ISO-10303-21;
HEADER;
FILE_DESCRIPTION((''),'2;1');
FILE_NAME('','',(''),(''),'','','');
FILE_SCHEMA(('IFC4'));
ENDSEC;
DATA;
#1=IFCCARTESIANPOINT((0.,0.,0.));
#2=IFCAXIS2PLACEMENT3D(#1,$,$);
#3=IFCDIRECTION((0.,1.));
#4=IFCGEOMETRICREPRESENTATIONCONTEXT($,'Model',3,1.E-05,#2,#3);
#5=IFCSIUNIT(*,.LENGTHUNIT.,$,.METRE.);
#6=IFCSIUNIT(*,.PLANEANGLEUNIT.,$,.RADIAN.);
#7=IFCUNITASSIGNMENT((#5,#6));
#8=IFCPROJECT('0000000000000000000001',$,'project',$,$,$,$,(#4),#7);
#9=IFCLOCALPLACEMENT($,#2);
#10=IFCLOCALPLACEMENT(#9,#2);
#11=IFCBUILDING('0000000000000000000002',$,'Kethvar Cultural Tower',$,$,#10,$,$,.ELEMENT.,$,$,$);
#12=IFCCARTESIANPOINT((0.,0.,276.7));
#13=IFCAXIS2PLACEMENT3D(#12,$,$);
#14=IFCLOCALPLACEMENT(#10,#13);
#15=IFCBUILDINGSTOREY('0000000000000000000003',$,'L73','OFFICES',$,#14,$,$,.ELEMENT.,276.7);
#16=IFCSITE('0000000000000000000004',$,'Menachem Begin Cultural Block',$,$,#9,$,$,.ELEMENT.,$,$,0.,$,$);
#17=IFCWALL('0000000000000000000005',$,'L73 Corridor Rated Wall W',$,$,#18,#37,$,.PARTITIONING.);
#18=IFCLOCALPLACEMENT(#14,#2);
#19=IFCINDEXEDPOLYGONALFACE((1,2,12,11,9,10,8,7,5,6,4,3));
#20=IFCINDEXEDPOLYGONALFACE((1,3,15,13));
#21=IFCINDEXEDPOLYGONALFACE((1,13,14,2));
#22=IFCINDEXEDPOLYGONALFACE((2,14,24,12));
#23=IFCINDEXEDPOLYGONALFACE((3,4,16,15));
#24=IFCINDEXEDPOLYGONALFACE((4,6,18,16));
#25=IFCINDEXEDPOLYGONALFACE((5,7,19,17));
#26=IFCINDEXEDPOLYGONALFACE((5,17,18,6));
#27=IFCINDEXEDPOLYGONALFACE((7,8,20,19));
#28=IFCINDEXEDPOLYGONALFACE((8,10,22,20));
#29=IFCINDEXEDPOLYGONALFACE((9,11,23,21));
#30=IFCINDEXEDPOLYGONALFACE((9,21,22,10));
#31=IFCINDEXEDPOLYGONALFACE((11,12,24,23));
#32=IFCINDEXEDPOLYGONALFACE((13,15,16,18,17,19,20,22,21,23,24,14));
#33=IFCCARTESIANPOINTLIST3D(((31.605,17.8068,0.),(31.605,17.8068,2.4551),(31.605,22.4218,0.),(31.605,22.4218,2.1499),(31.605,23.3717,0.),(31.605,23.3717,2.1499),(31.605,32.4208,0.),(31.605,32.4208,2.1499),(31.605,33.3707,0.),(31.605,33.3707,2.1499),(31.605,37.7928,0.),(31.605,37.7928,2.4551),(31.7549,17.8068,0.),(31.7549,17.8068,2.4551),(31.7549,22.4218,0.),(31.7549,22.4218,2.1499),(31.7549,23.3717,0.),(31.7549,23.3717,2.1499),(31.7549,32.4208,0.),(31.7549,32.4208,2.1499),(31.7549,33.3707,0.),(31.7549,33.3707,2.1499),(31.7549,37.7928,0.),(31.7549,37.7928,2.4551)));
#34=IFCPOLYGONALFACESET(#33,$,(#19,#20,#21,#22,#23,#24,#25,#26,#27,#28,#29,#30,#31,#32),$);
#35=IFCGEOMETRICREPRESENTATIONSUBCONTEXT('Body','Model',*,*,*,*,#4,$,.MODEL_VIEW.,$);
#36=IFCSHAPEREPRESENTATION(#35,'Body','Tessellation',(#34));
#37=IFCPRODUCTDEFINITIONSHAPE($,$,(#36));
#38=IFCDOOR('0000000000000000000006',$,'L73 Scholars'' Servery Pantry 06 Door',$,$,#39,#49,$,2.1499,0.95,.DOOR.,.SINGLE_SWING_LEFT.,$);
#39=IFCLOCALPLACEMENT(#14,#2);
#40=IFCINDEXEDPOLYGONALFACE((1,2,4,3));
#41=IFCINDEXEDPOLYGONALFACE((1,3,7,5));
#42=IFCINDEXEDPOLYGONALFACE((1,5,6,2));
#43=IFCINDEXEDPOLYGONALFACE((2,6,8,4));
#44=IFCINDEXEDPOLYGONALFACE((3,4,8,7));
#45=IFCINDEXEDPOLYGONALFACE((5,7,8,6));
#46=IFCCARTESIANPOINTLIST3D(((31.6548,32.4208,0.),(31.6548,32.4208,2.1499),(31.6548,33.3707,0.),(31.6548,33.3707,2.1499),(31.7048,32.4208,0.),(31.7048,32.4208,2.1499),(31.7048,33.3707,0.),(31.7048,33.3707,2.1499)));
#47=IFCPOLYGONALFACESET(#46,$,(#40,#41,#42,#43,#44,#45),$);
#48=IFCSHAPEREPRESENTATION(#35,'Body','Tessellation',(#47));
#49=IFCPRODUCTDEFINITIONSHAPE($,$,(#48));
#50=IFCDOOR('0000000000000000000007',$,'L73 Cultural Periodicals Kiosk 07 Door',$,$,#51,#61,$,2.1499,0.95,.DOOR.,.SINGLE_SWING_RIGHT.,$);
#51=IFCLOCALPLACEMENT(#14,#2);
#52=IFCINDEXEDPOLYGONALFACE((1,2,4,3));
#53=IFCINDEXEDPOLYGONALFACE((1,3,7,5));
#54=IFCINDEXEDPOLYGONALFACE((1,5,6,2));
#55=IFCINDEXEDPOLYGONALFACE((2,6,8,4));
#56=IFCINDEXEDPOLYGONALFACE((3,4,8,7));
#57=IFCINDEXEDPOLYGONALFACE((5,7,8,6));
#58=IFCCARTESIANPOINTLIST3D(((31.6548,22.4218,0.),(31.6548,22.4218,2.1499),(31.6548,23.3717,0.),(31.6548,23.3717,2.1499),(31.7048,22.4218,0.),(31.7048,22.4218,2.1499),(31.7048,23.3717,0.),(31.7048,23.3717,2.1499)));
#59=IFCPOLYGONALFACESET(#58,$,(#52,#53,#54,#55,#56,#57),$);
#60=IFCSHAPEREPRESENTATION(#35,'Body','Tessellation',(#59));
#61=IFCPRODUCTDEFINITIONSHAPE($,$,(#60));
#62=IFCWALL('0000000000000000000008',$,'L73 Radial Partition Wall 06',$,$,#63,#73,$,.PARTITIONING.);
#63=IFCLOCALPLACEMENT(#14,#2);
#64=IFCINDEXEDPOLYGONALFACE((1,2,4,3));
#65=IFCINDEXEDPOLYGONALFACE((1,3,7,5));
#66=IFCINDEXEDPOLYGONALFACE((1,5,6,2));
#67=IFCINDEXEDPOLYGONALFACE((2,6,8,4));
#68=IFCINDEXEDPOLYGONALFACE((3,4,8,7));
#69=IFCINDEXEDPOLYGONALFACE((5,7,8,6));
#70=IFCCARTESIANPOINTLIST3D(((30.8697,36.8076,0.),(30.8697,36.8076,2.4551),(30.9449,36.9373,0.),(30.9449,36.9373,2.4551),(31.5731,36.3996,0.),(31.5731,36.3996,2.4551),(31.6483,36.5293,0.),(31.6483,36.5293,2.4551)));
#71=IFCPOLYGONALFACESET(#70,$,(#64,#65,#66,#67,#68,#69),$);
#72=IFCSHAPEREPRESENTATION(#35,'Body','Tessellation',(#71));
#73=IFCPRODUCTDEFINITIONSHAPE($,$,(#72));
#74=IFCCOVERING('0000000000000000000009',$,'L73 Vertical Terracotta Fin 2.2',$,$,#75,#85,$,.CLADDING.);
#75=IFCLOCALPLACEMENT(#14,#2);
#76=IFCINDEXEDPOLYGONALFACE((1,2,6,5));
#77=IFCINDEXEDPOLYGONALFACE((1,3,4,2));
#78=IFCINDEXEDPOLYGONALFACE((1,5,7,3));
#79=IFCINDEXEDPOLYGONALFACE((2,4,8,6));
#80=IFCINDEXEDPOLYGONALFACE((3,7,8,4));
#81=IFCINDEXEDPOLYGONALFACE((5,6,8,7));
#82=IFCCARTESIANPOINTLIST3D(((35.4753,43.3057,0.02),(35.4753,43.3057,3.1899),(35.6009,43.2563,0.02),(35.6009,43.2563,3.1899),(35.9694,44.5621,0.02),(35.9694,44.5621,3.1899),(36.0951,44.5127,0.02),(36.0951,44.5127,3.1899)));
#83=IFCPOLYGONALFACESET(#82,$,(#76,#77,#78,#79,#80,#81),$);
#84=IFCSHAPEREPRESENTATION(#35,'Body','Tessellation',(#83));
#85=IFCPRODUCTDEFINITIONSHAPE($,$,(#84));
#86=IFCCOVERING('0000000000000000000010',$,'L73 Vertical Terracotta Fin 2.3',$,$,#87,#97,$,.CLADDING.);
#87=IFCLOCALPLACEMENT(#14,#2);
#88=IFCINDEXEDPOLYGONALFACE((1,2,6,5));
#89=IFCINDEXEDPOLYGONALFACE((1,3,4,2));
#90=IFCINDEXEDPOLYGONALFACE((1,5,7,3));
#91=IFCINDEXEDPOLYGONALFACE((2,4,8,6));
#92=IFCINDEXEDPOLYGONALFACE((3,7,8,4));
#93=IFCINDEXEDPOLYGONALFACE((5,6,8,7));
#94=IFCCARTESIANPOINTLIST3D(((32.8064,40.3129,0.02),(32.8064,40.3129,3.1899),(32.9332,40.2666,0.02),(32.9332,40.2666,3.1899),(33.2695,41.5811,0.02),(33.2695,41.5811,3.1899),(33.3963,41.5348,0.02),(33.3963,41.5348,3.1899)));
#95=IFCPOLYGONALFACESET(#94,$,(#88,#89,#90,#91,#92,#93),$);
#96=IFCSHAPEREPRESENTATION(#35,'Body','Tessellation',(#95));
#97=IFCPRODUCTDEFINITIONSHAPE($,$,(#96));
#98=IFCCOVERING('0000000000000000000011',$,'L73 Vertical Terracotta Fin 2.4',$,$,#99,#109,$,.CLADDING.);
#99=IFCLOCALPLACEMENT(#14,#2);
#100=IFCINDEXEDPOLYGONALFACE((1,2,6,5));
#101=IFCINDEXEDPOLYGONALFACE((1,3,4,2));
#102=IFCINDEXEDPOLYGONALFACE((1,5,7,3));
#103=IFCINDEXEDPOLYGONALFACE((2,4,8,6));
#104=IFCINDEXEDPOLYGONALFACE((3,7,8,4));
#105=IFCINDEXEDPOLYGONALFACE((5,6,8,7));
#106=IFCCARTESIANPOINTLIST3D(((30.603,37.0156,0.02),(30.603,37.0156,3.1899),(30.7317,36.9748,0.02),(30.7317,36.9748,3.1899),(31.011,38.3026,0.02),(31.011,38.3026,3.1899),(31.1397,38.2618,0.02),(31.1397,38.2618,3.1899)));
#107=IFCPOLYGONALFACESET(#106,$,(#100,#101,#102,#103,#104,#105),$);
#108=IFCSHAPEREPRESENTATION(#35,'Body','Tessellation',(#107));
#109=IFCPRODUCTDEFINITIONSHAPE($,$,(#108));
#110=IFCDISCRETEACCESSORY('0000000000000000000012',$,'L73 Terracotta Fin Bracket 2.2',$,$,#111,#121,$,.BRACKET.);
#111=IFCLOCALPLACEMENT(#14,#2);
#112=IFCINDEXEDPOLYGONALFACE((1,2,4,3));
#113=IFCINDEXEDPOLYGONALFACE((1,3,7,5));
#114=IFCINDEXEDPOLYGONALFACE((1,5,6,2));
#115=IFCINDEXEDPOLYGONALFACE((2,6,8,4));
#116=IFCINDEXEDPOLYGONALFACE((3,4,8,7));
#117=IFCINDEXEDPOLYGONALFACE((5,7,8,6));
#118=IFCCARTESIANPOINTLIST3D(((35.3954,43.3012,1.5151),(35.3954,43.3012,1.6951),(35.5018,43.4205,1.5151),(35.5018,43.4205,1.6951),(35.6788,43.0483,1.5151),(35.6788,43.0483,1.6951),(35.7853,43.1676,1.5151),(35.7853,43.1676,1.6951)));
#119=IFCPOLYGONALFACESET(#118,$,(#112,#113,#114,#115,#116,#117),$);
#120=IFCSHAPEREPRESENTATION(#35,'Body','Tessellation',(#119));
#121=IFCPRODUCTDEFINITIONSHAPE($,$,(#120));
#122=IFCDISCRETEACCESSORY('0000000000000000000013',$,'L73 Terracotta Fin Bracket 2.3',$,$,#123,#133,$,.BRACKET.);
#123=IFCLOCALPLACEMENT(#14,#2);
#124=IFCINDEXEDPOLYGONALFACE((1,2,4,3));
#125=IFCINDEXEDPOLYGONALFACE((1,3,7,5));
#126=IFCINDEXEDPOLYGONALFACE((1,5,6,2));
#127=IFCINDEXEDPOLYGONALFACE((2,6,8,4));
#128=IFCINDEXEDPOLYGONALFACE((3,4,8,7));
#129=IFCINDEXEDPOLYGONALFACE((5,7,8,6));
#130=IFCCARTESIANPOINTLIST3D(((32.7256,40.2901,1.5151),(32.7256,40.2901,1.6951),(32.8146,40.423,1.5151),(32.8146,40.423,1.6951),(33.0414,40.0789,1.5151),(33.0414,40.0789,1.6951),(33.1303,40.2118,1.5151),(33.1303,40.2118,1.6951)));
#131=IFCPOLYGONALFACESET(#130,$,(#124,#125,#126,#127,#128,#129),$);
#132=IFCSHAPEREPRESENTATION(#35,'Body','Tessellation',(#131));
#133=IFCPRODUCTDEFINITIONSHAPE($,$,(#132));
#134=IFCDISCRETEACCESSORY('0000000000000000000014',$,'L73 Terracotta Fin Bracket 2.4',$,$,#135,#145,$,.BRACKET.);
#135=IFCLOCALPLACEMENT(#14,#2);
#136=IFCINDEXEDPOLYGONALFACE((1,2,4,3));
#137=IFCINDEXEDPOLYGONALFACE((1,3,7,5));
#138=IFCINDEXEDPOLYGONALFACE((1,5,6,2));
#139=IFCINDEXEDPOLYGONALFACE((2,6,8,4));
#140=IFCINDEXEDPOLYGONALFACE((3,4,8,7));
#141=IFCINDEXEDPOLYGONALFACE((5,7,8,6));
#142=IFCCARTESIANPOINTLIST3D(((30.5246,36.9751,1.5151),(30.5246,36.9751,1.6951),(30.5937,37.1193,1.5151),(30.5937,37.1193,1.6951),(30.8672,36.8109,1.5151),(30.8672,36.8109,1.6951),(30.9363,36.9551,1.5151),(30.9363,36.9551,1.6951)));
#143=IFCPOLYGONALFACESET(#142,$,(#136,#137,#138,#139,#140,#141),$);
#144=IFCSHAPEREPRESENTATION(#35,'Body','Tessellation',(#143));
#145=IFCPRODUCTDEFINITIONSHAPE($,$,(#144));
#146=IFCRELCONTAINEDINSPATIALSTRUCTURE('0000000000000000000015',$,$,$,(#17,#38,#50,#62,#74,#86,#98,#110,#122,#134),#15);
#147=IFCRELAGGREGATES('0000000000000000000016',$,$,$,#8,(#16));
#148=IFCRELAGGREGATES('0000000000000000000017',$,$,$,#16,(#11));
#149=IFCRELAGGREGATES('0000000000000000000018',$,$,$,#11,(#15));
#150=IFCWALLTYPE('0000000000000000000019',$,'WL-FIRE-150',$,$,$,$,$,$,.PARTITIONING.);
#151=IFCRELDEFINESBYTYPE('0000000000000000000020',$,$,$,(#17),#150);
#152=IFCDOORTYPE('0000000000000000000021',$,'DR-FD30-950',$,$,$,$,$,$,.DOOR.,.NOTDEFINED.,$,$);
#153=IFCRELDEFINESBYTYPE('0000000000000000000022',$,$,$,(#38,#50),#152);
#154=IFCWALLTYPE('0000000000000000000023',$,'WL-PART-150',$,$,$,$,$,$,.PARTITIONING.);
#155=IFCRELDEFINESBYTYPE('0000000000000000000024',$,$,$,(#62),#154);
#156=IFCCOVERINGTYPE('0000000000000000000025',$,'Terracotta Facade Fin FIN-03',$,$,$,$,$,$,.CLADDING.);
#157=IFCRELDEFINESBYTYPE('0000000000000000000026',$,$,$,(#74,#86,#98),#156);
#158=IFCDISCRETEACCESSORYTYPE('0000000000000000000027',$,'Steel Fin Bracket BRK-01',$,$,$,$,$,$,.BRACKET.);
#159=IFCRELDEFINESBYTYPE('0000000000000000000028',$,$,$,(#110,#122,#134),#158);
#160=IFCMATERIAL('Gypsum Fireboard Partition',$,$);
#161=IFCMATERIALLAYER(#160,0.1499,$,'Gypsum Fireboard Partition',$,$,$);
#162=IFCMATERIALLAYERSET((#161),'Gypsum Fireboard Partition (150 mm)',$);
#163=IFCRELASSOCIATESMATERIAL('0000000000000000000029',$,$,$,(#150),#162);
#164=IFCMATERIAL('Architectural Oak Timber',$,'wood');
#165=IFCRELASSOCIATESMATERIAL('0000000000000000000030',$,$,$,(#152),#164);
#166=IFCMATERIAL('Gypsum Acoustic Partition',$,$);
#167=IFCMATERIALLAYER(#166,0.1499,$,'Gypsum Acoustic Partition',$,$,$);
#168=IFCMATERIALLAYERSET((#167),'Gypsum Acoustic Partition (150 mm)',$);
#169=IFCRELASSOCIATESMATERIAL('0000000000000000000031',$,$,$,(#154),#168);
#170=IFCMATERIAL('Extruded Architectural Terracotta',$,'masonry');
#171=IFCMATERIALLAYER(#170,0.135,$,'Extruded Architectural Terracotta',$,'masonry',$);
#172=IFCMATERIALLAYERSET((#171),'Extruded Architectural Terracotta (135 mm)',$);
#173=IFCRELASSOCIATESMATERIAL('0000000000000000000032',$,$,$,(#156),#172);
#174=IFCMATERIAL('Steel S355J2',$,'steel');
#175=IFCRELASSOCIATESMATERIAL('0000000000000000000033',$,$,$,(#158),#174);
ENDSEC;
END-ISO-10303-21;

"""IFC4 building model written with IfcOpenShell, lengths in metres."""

from ifc_helpers import new_model, si_unit, direction, frame, frame_2d, origin, origin_2d, place, context, subcontext, project, spatial, rectangle, extrude, source, transform, mapped, material, layer, layer_set, type_object, element, fill, save


model = new_model("IFC4")

# Units and contexts
model_context = context("Model", 3, precision=1e-05, world=origin(), true_north=direction((0.0, 1.0)))
body_context = subcontext(model_context, "Body", "Model", "MODEL_VIEW")
ifc_project = project(units=[si_unit("LENGTHUNIT", "METRE"), si_unit("PLANEANGLEUNIT", "RADIAN")], contexts=[model_context])

# Site, building, storey
site_placement = place(None, origin())
site = spatial("IfcSite", under=ifc_project, at=site_placement, Name="Menachem Begin Cultural Block", CompositionType="ELEMENT", RefElevation=0.0)
building_placement = place(site_placement, origin())
building = spatial("IfcBuilding", under=site, at=building_placement, Name="Kethvar Cultural Tower", CompositionType="ELEMENT")
storey_placement = place(building_placement, frame((0.0, 0.0, 276.7)))
storey = spatial("IfcBuildingStorey", under=building, at=storey_placement, Name="L73", Description="OFFICES", CompositionType="ELEMENT", Elevation=276.7)

# Shared definitions
ifc_material_1 = material(Name="Steel S355J2", Category="steel")

# Wall, openings, doors
ifc_material_2 = material(Name="Gypsum Fireboard Partition")
ifc_layer_1 = layer(ifc_material_2, 0.1499, Name="Gypsum Fireboard Partition")
ifc_layer_set_1 = layer_set([ifc_layer_1], Name="Gypsum Fireboard Partition (150 mm)")
wall_type_1 = type_object("IfcWallType", Name="WL-FIRE-150", PredefinedType="PARTITIONING", material=ifc_layer_set_1)
wall_1_placement = place(storey_placement, frame((31.6799, 37.793, 0.0), z_axis=(0.0, 0.0, 1.0), x_axis=(0.0, -1.0, 0.0)))
wall_1 = element("IfcWall", 1, at=wall_1_placement, inside=storey, type_object=wall_type_1, Name="L73 Corridor Rated Wall W", PredefinedType="PARTITIONING", context=body_context, shape_type="SweptSolid", body=[
    extrude(rectangle(XDim=19.9861, YDim=0.1499, at=frame_2d((9.9932, 0.0))), origin(), (0.0, 0.0, 1.0), 2.4551),
])
opening_1_placement = place(wall_1_placement, frame((4.4221, 0.0, 0.0)))
opening_1 = element("IfcOpeningElement", 2, at=opening_1_placement, cuts=wall_1, PredefinedType="OPENING", context=body_context, shape_type="SweptSolid", body=[
    extrude(rectangle(XDim=0.95, YDim=2.1499, at=frame_2d((0.4751, 1.075))), frame((0.0, 0.085, 0.0), z_axis=(0.0, -1.0, 0.0), x_axis=(1.0, 0.0, 0.0)), (0.0, 0.0, 1.0), 0.1699),
])
opening_2_placement = place(wall_1_placement, frame((14.4211, 0.0, 0.0)))
opening_2 = element("IfcOpeningElement", 3, at=opening_2_placement, cuts=wall_1, PredefinedType="OPENING", context=body_context, shape_type="SweptSolid", body=[
    extrude(rectangle(XDim=0.95, YDim=2.1499, at=frame_2d((0.4751, 1.075))), frame((0.0, 0.085, 0.0), z_axis=(0.0, -1.0, 0.0), x_axis=(1.0, 0.0, 0.0)), (0.0, 0.0, 1.0), 0.1699),
])
ifc_material_3 = material(Name="Architectural Oak Timber", Category="wood")
door_type = type_object("IfcDoorType", Name="DR-FD30-950", OperationType="NOTDEFINED", PredefinedType="DOOR", material=ifc_material_3)
shared_shape_1 = source(origin(), body_context, "Body", "SweptSolid", [
    extrude(rectangle(XDim=0.95, YDim=2.1499, at=frame_2d((0.4751, 1.075))), frame((0.0, 0.0249, 0.0), z_axis=(0.0, -1.0, 0.0), x_axis=(1.0, 0.0, 0.0)), (0.0, 0.0, 1.0), 0.05),
])
door_1_placement = place(opening_1_placement, origin())
door_1 = element("IfcDoor", 4, at=door_1_placement, inside=storey, type_object=door_type, Name="L73 Scholars' Servery Pantry 06 Door", OperationType="SINGLE_SWING_LEFT", OverallHeight=2.1499, OverallWidth=0.95, PredefinedType="DOOR", context=body_context, shape_type="MappedRepresentation", body=[
    mapped(shared_shape_1, transform((0.0, 0.0, 0.0), scale=1.0)),
])
fill(opening_1, door_1)
door_2_placement = place(opening_2_placement, origin())
door_2 = element("IfcDoor", 5, at=door_2_placement, inside=storey, type_object=door_type, Name="L73 Cultural Periodicals Kiosk 07 Door", OperationType="SINGLE_SWING_RIGHT", OverallHeight=2.1499, OverallWidth=0.95, PredefinedType="DOOR", context=body_context, shape_type="MappedRepresentation", body=[
    mapped(shared_shape_1, transform((0.0, 0.0, 0.0), scale=1.0)),
])
fill(opening_2, door_2)

# Wall
ifc_material_4 = material(Name="Gypsum Acoustic Partition")
ifc_layer_2 = layer(ifc_material_4, 0.1499, Name="Gypsum Acoustic Partition")
ifc_layer_set_2 = layer_set([ifc_layer_2], Name="Gypsum Acoustic Partition (150 mm)")
wall_type_2 = type_object("IfcWallType", Name="WL-PART-150", PredefinedType="PARTITIONING", material=ifc_layer_set_2)
wall_2_placement = place(storey_placement, frame((31.6108, 36.4644, 0.0), z_axis=(0.0, 0.0, 1.0), x_axis=(-0.865029, 0.501723, 0.0)))
element("IfcWall", 6, at=wall_2_placement, inside=storey, type_object=wall_type_2, Name="L73 Radial Partition Wall 06", PredefinedType="PARTITIONING", context=body_context, shape_type="SweptSolid", body=[
    extrude(rectangle(XDim=0.8132, YDim=0.1499, at=frame_2d((0.4067, 0.0))), origin(), (0.0, 0.0, 1.0), 2.4551),
])

# Coverings
ifc_material_5 = material(Name="Extruded Architectural Terracotta", Category="masonry")
ifc_layer_3 = layer(ifc_material_5, 0.135, Name="Extruded Architectural Terracotta", Category="masonry")
ifc_layer_set_3 = layer_set([ifc_layer_3], Name="Extruded Architectural Terracotta (135 mm)")
covering_type = type_object("IfcCoveringType", Name="Terracotta Facade Fin FIN-03", PredefinedType="CLADDING", material=ifc_layer_set_3)
shared_shape_2 = source(origin(), body_context, "Body", "SweptSolid", [
    extrude(rectangle(XDim=1.3501, YDim=0.135, at=origin_2d()), origin(), (0.0, 0.0, 1.0), 3.1699),
])
for number, where, z_axis, x_axis, name in (
    (7, (35.7852, 43.9092, 0.02), (0.0, 0.0, 1.0), (0.366014, 0.930609, 0.0), "L73 Vertical Terracotta Fin 2.2"),
    (8, (33.1013, 40.9238, 0.02), (0.0, 0.0, 1.0), (0.343004, 0.939334, 0.0), "L73 Vertical Terracotta Fin 2.3"),
    (9, (30.8713, 37.6387, 0.02), (0.0, 0.0, 1.0), (0.302204, 0.953243, 0.0), "L73 Vertical Terracotta Fin 2.4"),
):
    element("IfcCovering", number, at=place(storey_placement, frame(where, z_axis=z_axis, x_axis=x_axis)), inside=storey, type_object=covering_type, Name=name, PredefinedType="CLADDING", context=body_context, shape_type="MappedRepresentation", body=[
        mapped(shared_shape_2, transform((0.0, 0.0, 0.0), scale=1.0)),
    ])

# Discrete accessories
discrete_accessory_type = type_object("IfcDiscreteAccessoryType", Name="Steel Fin Bracket BRK-01", PredefinedType="BRACKET", material=ifc_material_1)
shared_shape_3 = source(origin(), body_context, "Body", "SweptSolid", [
    extrude(rectangle(XDim=0.3799, YDim=0.1599, at=origin_2d()), origin(), (0.0, 0.0, 1.0), 0.1799),
])
for number, where, z_axis, x_axis, name in (
    (10, (35.5903, 43.2344, 1.5151), (0.0, 0.0, 1.0), (-0.746174, 0.665751, 0.0), "L73 Terracotta Fin Bracket 2.2"),
    (11, (32.928, 40.251, 1.5151), (0.0, 0.0, 1.0), (-0.831179, 0.556006, 0.0), "L73 Terracotta Fin Bracket 2.3"),
    (12, (30.7305, 36.9651, 1.5151), (0.0, 0.0, 1.0), (-0.901833, 0.432086, 0.0), "L73 Terracotta Fin Bracket 2.4"),
):
    element("IfcDiscreteAccessory", number, at=place(storey_placement, frame(where, z_axis=z_axis, x_axis=x_axis)), inside=storey, type_object=discrete_accessory_type, Name=name, PredefinedType="BRACKET", context=body_context, shape_type="MappedRepresentation", body=[
        mapped(shared_shape_3, transform((0.0, 0.0, 0.0), scale=1.0)),
    ])

save(model, "model.ifc")
